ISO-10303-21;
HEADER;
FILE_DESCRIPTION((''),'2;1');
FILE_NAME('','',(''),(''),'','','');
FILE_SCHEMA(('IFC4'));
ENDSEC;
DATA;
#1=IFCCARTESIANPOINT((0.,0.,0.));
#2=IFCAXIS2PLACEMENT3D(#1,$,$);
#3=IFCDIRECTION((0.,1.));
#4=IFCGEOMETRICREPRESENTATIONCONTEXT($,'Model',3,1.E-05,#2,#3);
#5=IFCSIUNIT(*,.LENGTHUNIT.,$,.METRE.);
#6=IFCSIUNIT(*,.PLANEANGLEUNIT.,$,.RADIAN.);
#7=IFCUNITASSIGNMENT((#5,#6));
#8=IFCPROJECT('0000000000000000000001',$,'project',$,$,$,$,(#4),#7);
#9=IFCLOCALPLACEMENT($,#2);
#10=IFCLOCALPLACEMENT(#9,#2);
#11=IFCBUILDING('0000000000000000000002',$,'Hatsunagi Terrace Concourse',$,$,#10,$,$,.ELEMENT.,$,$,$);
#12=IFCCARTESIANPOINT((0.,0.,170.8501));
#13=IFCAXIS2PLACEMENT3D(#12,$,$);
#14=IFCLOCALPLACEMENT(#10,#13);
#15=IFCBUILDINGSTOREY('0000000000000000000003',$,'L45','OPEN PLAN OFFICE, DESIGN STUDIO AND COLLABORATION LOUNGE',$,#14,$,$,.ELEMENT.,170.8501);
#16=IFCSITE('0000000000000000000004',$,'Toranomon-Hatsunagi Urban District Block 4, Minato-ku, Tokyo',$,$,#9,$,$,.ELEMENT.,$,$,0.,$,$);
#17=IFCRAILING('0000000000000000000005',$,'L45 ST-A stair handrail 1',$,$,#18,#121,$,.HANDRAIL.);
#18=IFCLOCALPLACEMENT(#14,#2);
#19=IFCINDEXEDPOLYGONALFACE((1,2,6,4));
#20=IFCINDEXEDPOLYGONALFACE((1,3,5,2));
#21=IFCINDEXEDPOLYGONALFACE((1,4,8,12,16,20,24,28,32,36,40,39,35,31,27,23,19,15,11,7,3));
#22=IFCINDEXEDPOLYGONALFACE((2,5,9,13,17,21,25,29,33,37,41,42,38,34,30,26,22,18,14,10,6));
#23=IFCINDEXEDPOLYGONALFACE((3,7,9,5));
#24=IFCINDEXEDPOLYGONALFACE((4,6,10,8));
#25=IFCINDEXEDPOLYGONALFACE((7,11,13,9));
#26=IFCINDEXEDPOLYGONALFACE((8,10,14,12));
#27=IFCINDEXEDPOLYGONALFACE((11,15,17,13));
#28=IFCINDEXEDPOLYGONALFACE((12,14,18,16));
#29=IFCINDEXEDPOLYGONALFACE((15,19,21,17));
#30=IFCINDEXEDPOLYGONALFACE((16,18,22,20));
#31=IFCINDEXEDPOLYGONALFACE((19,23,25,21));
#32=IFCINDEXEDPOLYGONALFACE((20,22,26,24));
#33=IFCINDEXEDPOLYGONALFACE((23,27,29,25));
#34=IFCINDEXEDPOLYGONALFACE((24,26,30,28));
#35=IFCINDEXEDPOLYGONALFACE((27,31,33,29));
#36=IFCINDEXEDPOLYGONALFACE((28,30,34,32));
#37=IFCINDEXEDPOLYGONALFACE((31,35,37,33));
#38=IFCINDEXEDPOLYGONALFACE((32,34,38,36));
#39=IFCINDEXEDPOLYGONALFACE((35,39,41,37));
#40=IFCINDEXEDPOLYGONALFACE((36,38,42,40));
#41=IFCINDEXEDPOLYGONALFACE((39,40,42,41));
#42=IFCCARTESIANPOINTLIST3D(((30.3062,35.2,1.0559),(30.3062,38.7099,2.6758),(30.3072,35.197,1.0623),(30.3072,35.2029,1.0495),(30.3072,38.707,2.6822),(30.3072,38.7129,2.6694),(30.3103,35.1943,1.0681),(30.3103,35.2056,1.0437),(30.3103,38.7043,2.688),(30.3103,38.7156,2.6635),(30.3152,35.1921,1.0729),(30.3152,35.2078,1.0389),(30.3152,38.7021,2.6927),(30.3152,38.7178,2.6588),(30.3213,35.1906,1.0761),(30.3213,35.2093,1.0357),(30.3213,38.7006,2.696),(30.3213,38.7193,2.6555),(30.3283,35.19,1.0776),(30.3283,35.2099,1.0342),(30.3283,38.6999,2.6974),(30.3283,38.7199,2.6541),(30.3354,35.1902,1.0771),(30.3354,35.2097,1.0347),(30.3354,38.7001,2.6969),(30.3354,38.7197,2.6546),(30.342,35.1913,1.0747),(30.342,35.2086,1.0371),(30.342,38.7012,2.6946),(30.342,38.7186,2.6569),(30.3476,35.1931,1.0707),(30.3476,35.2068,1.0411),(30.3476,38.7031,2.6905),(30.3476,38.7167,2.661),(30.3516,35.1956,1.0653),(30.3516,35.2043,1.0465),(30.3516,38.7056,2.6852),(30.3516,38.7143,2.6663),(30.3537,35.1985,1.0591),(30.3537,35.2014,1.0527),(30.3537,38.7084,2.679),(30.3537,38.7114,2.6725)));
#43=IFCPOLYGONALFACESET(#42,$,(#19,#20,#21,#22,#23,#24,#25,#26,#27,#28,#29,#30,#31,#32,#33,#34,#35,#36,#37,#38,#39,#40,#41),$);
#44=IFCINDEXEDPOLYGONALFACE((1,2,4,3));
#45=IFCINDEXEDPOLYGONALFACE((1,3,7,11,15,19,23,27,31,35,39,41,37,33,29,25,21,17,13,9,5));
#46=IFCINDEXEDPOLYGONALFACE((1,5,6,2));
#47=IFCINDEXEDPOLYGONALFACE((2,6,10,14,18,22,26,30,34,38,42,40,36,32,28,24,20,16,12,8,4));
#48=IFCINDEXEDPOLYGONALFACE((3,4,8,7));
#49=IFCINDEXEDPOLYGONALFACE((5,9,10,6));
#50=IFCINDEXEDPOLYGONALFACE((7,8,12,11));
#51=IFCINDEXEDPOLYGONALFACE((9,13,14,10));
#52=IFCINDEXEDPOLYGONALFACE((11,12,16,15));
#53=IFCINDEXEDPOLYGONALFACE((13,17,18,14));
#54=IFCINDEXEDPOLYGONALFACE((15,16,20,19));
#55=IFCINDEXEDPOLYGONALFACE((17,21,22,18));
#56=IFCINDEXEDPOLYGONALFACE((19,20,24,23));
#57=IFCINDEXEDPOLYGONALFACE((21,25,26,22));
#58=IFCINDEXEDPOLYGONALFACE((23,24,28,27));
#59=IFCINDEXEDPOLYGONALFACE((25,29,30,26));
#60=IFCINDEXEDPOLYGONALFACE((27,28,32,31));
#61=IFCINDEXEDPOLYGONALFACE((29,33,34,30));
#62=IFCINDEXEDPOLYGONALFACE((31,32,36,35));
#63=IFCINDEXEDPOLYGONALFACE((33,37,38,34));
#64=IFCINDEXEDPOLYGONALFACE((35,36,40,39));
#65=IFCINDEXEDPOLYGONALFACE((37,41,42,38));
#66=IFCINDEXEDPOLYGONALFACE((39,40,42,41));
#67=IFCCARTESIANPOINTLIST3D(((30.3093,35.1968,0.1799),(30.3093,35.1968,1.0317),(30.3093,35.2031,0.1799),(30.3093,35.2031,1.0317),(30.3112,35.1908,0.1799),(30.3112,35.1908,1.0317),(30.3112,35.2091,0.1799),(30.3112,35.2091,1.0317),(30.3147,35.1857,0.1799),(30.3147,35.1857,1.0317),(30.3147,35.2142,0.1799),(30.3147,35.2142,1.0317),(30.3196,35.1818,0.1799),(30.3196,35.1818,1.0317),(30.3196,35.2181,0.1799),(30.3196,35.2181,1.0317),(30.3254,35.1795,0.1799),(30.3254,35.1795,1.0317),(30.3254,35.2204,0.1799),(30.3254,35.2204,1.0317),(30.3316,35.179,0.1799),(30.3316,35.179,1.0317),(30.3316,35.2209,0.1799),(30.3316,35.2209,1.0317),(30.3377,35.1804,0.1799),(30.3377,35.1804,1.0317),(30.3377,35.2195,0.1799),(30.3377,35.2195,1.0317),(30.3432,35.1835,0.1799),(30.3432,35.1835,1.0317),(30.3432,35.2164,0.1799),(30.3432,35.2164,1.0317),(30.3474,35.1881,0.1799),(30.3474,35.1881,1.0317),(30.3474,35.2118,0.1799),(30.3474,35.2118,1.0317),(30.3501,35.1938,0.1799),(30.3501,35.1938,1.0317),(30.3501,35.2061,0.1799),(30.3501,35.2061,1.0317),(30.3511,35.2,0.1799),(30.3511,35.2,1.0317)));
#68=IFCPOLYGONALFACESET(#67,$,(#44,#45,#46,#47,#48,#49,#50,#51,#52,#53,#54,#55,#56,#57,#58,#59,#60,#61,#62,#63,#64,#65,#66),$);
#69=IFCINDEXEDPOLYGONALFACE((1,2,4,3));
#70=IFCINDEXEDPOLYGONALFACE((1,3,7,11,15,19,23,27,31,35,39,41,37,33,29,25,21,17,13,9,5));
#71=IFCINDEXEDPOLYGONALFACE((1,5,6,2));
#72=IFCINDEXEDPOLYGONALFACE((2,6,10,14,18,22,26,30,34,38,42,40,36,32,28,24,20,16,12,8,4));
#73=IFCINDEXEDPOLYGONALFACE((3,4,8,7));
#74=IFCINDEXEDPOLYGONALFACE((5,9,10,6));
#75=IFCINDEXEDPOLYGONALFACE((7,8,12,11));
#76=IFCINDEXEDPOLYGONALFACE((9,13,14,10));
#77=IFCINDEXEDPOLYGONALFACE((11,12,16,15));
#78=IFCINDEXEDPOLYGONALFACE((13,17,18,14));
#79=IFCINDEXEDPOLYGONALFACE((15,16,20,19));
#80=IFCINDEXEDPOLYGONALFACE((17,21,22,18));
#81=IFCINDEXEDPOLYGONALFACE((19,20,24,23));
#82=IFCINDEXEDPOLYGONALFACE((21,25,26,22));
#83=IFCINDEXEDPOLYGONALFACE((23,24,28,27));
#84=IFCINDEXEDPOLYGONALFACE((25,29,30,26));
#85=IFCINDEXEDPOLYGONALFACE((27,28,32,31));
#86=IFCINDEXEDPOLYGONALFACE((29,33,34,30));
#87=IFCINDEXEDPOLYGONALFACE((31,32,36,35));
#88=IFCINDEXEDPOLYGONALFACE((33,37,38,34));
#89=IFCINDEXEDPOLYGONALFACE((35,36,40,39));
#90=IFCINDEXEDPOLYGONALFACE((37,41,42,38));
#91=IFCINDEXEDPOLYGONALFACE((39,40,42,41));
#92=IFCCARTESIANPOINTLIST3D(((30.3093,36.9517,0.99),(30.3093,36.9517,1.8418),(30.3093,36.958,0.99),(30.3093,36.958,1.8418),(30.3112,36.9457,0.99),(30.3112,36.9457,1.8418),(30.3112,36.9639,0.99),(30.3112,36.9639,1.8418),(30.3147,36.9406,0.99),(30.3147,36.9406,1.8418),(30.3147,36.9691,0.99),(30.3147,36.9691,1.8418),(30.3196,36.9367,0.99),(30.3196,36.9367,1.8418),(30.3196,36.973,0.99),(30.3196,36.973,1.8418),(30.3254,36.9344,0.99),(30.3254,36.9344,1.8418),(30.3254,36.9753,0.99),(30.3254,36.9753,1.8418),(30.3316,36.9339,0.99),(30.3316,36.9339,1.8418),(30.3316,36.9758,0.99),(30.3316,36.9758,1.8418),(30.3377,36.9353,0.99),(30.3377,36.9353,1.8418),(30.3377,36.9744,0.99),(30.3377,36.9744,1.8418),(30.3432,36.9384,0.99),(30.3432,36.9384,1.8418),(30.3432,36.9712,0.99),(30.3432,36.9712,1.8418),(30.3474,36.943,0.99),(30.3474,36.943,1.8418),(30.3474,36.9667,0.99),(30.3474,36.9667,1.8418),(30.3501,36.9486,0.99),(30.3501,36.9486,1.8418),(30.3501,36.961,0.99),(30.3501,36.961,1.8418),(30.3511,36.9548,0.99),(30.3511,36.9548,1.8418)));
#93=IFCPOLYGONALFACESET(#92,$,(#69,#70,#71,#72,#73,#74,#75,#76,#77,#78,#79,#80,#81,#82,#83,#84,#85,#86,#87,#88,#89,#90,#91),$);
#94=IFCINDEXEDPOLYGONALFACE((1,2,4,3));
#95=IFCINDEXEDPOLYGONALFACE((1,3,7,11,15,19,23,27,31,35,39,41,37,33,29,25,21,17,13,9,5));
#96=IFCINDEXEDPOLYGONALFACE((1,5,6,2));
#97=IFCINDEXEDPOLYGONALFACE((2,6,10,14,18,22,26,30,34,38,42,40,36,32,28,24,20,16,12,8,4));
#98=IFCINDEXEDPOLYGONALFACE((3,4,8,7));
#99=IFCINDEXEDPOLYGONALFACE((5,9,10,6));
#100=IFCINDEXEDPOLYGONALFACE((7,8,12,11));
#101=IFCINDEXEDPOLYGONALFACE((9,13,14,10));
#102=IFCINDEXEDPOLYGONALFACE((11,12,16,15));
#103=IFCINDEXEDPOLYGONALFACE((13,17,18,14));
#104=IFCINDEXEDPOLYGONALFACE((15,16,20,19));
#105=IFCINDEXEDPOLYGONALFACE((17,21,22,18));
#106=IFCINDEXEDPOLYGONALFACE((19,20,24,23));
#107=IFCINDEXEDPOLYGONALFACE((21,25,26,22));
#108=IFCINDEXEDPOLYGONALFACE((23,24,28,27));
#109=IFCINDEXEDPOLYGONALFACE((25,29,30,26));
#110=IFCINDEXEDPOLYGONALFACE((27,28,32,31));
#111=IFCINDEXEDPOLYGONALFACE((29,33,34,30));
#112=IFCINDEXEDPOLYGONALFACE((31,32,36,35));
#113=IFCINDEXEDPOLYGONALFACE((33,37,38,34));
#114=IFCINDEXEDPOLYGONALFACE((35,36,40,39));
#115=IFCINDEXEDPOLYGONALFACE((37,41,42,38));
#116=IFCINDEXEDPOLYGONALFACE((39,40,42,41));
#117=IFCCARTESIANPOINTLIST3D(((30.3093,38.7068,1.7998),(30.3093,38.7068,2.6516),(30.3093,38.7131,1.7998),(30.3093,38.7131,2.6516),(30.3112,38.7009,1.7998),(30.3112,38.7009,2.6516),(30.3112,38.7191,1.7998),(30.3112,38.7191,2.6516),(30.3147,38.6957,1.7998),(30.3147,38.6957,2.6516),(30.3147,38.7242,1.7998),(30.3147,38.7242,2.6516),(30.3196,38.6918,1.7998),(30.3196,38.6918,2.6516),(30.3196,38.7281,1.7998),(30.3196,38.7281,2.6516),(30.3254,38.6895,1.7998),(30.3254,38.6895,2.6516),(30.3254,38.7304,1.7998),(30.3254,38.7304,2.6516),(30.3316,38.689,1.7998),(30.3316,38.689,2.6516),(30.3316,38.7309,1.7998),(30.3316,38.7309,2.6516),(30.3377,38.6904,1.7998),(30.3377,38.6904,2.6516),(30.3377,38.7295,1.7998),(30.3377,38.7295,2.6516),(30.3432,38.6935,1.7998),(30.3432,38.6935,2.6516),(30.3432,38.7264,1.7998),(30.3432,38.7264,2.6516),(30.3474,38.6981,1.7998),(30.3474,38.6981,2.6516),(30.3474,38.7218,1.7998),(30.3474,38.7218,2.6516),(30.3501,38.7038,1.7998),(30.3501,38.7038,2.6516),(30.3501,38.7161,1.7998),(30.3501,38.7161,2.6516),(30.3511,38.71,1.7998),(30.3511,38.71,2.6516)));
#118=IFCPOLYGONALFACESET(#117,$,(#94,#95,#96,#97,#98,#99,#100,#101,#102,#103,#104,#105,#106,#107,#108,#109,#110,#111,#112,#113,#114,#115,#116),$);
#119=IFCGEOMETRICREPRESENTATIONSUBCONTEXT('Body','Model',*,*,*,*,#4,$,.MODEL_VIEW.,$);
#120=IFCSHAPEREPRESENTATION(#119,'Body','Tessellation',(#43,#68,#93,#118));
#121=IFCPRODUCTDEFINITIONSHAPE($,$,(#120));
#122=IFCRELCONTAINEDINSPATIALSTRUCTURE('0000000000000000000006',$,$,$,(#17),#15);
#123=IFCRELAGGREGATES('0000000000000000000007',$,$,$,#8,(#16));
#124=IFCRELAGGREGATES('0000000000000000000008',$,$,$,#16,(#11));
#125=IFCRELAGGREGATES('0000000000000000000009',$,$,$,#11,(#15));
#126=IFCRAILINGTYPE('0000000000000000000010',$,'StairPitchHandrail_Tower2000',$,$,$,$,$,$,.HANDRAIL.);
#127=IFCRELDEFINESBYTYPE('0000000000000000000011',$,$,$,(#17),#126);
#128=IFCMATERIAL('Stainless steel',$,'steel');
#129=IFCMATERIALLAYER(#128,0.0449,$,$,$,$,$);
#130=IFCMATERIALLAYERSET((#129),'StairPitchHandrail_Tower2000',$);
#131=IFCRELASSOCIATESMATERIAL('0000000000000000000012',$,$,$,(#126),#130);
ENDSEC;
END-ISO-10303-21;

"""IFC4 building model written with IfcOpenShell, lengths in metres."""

from ifc_helpers import new_model, si_unit, direction, frame, origin, origin_2d, place, context, subcontext, project, spatial, circle, extrude, material, layer, layer_set, type_object, element, save


model = new_model("IFC4")

# Units and contexts
model_context = context("Model", 3, precision=1e-05, world=origin(), true_north=direction((0.0, 1.0)))
body_context = subcontext(model_context, "Body", "Model", "MODEL_VIEW")
ifc_project = project(units=[si_unit("LENGTHUNIT", "METRE"), si_unit("PLANEANGLEUNIT", "RADIAN")], contexts=[model_context])

# Site, building, storey
site_placement = place(None, origin())
site = spatial("IfcSite", under=ifc_project, at=site_placement, Name="Toranomon-Hatsunagi Urban District Block 4, Minato-ku, Tokyo", CompositionType="ELEMENT", RefElevation=0.0)
building_placement = place(site_placement, origin())
building = spatial("IfcBuilding", under=site, at=building_placement, Name="Hatsunagi Terrace Concourse", CompositionType="ELEMENT")
storey_placement = place(building_placement, frame((0.0, 0.0, 170.8501)))
storey = spatial("IfcBuildingStorey", under=building, at=storey_placement, Name="L45", Description="OPEN PLAN OFFICE, DESIGN STUDIO AND COLLABORATION LOUNGE", CompositionType="ELEMENT", Elevation=170.8501)

# Railing
ifc_material_1 = material(Name="Stainless steel", Category="steel")
ifc_layer_1 = layer(ifc_material_1, 0.0449)
ifc_layer_set_1 = layer_set([ifc_layer_1], Name="StairPitchHandrail_Tower2000")
railing_type_1 = type_object("IfcRailingType", Name="StairPitchHandrail_Tower2000", PredefinedType="HANDRAIL", material=ifc_layer_set_1)
railing_1_placement = place(storey_placement, frame((30.3301, 35.2, 0.1799)))
element("IfcRailing", 1, at=railing_1_placement, inside=storey, type_object=railing_type_1, Name="L45 ST-A stair handrail 1", PredefinedType="HANDRAIL", context=body_context, shape_type="SweptSolid", body=[
    extrude(circle(Radius=0.0239, at=origin_2d()), frame((0.0, 0.0, 0.876), z_axis=(0.0, 0.907972, 0.41903), x_axis=(-1.0, 0.0, 0.0)), (0.0, 0.0, 1.0), 3.8657),
    extrude(circle(Radius=0.021, at=origin_2d()), origin(), (0.0, 0.0, 1.0), 0.8518),
    extrude(circle(Radius=0.021, at=origin_2d()), frame((0.0, 1.7549, 0.8101)), (0.0, 0.0, 1.0), 0.8518),
    extrude(circle(Radius=0.021, at=origin_2d()), frame((0.0, 3.51, 1.6199)), (0.0, 0.0, 1.0), 0.8518),
])

save(model, "model.ifc")
